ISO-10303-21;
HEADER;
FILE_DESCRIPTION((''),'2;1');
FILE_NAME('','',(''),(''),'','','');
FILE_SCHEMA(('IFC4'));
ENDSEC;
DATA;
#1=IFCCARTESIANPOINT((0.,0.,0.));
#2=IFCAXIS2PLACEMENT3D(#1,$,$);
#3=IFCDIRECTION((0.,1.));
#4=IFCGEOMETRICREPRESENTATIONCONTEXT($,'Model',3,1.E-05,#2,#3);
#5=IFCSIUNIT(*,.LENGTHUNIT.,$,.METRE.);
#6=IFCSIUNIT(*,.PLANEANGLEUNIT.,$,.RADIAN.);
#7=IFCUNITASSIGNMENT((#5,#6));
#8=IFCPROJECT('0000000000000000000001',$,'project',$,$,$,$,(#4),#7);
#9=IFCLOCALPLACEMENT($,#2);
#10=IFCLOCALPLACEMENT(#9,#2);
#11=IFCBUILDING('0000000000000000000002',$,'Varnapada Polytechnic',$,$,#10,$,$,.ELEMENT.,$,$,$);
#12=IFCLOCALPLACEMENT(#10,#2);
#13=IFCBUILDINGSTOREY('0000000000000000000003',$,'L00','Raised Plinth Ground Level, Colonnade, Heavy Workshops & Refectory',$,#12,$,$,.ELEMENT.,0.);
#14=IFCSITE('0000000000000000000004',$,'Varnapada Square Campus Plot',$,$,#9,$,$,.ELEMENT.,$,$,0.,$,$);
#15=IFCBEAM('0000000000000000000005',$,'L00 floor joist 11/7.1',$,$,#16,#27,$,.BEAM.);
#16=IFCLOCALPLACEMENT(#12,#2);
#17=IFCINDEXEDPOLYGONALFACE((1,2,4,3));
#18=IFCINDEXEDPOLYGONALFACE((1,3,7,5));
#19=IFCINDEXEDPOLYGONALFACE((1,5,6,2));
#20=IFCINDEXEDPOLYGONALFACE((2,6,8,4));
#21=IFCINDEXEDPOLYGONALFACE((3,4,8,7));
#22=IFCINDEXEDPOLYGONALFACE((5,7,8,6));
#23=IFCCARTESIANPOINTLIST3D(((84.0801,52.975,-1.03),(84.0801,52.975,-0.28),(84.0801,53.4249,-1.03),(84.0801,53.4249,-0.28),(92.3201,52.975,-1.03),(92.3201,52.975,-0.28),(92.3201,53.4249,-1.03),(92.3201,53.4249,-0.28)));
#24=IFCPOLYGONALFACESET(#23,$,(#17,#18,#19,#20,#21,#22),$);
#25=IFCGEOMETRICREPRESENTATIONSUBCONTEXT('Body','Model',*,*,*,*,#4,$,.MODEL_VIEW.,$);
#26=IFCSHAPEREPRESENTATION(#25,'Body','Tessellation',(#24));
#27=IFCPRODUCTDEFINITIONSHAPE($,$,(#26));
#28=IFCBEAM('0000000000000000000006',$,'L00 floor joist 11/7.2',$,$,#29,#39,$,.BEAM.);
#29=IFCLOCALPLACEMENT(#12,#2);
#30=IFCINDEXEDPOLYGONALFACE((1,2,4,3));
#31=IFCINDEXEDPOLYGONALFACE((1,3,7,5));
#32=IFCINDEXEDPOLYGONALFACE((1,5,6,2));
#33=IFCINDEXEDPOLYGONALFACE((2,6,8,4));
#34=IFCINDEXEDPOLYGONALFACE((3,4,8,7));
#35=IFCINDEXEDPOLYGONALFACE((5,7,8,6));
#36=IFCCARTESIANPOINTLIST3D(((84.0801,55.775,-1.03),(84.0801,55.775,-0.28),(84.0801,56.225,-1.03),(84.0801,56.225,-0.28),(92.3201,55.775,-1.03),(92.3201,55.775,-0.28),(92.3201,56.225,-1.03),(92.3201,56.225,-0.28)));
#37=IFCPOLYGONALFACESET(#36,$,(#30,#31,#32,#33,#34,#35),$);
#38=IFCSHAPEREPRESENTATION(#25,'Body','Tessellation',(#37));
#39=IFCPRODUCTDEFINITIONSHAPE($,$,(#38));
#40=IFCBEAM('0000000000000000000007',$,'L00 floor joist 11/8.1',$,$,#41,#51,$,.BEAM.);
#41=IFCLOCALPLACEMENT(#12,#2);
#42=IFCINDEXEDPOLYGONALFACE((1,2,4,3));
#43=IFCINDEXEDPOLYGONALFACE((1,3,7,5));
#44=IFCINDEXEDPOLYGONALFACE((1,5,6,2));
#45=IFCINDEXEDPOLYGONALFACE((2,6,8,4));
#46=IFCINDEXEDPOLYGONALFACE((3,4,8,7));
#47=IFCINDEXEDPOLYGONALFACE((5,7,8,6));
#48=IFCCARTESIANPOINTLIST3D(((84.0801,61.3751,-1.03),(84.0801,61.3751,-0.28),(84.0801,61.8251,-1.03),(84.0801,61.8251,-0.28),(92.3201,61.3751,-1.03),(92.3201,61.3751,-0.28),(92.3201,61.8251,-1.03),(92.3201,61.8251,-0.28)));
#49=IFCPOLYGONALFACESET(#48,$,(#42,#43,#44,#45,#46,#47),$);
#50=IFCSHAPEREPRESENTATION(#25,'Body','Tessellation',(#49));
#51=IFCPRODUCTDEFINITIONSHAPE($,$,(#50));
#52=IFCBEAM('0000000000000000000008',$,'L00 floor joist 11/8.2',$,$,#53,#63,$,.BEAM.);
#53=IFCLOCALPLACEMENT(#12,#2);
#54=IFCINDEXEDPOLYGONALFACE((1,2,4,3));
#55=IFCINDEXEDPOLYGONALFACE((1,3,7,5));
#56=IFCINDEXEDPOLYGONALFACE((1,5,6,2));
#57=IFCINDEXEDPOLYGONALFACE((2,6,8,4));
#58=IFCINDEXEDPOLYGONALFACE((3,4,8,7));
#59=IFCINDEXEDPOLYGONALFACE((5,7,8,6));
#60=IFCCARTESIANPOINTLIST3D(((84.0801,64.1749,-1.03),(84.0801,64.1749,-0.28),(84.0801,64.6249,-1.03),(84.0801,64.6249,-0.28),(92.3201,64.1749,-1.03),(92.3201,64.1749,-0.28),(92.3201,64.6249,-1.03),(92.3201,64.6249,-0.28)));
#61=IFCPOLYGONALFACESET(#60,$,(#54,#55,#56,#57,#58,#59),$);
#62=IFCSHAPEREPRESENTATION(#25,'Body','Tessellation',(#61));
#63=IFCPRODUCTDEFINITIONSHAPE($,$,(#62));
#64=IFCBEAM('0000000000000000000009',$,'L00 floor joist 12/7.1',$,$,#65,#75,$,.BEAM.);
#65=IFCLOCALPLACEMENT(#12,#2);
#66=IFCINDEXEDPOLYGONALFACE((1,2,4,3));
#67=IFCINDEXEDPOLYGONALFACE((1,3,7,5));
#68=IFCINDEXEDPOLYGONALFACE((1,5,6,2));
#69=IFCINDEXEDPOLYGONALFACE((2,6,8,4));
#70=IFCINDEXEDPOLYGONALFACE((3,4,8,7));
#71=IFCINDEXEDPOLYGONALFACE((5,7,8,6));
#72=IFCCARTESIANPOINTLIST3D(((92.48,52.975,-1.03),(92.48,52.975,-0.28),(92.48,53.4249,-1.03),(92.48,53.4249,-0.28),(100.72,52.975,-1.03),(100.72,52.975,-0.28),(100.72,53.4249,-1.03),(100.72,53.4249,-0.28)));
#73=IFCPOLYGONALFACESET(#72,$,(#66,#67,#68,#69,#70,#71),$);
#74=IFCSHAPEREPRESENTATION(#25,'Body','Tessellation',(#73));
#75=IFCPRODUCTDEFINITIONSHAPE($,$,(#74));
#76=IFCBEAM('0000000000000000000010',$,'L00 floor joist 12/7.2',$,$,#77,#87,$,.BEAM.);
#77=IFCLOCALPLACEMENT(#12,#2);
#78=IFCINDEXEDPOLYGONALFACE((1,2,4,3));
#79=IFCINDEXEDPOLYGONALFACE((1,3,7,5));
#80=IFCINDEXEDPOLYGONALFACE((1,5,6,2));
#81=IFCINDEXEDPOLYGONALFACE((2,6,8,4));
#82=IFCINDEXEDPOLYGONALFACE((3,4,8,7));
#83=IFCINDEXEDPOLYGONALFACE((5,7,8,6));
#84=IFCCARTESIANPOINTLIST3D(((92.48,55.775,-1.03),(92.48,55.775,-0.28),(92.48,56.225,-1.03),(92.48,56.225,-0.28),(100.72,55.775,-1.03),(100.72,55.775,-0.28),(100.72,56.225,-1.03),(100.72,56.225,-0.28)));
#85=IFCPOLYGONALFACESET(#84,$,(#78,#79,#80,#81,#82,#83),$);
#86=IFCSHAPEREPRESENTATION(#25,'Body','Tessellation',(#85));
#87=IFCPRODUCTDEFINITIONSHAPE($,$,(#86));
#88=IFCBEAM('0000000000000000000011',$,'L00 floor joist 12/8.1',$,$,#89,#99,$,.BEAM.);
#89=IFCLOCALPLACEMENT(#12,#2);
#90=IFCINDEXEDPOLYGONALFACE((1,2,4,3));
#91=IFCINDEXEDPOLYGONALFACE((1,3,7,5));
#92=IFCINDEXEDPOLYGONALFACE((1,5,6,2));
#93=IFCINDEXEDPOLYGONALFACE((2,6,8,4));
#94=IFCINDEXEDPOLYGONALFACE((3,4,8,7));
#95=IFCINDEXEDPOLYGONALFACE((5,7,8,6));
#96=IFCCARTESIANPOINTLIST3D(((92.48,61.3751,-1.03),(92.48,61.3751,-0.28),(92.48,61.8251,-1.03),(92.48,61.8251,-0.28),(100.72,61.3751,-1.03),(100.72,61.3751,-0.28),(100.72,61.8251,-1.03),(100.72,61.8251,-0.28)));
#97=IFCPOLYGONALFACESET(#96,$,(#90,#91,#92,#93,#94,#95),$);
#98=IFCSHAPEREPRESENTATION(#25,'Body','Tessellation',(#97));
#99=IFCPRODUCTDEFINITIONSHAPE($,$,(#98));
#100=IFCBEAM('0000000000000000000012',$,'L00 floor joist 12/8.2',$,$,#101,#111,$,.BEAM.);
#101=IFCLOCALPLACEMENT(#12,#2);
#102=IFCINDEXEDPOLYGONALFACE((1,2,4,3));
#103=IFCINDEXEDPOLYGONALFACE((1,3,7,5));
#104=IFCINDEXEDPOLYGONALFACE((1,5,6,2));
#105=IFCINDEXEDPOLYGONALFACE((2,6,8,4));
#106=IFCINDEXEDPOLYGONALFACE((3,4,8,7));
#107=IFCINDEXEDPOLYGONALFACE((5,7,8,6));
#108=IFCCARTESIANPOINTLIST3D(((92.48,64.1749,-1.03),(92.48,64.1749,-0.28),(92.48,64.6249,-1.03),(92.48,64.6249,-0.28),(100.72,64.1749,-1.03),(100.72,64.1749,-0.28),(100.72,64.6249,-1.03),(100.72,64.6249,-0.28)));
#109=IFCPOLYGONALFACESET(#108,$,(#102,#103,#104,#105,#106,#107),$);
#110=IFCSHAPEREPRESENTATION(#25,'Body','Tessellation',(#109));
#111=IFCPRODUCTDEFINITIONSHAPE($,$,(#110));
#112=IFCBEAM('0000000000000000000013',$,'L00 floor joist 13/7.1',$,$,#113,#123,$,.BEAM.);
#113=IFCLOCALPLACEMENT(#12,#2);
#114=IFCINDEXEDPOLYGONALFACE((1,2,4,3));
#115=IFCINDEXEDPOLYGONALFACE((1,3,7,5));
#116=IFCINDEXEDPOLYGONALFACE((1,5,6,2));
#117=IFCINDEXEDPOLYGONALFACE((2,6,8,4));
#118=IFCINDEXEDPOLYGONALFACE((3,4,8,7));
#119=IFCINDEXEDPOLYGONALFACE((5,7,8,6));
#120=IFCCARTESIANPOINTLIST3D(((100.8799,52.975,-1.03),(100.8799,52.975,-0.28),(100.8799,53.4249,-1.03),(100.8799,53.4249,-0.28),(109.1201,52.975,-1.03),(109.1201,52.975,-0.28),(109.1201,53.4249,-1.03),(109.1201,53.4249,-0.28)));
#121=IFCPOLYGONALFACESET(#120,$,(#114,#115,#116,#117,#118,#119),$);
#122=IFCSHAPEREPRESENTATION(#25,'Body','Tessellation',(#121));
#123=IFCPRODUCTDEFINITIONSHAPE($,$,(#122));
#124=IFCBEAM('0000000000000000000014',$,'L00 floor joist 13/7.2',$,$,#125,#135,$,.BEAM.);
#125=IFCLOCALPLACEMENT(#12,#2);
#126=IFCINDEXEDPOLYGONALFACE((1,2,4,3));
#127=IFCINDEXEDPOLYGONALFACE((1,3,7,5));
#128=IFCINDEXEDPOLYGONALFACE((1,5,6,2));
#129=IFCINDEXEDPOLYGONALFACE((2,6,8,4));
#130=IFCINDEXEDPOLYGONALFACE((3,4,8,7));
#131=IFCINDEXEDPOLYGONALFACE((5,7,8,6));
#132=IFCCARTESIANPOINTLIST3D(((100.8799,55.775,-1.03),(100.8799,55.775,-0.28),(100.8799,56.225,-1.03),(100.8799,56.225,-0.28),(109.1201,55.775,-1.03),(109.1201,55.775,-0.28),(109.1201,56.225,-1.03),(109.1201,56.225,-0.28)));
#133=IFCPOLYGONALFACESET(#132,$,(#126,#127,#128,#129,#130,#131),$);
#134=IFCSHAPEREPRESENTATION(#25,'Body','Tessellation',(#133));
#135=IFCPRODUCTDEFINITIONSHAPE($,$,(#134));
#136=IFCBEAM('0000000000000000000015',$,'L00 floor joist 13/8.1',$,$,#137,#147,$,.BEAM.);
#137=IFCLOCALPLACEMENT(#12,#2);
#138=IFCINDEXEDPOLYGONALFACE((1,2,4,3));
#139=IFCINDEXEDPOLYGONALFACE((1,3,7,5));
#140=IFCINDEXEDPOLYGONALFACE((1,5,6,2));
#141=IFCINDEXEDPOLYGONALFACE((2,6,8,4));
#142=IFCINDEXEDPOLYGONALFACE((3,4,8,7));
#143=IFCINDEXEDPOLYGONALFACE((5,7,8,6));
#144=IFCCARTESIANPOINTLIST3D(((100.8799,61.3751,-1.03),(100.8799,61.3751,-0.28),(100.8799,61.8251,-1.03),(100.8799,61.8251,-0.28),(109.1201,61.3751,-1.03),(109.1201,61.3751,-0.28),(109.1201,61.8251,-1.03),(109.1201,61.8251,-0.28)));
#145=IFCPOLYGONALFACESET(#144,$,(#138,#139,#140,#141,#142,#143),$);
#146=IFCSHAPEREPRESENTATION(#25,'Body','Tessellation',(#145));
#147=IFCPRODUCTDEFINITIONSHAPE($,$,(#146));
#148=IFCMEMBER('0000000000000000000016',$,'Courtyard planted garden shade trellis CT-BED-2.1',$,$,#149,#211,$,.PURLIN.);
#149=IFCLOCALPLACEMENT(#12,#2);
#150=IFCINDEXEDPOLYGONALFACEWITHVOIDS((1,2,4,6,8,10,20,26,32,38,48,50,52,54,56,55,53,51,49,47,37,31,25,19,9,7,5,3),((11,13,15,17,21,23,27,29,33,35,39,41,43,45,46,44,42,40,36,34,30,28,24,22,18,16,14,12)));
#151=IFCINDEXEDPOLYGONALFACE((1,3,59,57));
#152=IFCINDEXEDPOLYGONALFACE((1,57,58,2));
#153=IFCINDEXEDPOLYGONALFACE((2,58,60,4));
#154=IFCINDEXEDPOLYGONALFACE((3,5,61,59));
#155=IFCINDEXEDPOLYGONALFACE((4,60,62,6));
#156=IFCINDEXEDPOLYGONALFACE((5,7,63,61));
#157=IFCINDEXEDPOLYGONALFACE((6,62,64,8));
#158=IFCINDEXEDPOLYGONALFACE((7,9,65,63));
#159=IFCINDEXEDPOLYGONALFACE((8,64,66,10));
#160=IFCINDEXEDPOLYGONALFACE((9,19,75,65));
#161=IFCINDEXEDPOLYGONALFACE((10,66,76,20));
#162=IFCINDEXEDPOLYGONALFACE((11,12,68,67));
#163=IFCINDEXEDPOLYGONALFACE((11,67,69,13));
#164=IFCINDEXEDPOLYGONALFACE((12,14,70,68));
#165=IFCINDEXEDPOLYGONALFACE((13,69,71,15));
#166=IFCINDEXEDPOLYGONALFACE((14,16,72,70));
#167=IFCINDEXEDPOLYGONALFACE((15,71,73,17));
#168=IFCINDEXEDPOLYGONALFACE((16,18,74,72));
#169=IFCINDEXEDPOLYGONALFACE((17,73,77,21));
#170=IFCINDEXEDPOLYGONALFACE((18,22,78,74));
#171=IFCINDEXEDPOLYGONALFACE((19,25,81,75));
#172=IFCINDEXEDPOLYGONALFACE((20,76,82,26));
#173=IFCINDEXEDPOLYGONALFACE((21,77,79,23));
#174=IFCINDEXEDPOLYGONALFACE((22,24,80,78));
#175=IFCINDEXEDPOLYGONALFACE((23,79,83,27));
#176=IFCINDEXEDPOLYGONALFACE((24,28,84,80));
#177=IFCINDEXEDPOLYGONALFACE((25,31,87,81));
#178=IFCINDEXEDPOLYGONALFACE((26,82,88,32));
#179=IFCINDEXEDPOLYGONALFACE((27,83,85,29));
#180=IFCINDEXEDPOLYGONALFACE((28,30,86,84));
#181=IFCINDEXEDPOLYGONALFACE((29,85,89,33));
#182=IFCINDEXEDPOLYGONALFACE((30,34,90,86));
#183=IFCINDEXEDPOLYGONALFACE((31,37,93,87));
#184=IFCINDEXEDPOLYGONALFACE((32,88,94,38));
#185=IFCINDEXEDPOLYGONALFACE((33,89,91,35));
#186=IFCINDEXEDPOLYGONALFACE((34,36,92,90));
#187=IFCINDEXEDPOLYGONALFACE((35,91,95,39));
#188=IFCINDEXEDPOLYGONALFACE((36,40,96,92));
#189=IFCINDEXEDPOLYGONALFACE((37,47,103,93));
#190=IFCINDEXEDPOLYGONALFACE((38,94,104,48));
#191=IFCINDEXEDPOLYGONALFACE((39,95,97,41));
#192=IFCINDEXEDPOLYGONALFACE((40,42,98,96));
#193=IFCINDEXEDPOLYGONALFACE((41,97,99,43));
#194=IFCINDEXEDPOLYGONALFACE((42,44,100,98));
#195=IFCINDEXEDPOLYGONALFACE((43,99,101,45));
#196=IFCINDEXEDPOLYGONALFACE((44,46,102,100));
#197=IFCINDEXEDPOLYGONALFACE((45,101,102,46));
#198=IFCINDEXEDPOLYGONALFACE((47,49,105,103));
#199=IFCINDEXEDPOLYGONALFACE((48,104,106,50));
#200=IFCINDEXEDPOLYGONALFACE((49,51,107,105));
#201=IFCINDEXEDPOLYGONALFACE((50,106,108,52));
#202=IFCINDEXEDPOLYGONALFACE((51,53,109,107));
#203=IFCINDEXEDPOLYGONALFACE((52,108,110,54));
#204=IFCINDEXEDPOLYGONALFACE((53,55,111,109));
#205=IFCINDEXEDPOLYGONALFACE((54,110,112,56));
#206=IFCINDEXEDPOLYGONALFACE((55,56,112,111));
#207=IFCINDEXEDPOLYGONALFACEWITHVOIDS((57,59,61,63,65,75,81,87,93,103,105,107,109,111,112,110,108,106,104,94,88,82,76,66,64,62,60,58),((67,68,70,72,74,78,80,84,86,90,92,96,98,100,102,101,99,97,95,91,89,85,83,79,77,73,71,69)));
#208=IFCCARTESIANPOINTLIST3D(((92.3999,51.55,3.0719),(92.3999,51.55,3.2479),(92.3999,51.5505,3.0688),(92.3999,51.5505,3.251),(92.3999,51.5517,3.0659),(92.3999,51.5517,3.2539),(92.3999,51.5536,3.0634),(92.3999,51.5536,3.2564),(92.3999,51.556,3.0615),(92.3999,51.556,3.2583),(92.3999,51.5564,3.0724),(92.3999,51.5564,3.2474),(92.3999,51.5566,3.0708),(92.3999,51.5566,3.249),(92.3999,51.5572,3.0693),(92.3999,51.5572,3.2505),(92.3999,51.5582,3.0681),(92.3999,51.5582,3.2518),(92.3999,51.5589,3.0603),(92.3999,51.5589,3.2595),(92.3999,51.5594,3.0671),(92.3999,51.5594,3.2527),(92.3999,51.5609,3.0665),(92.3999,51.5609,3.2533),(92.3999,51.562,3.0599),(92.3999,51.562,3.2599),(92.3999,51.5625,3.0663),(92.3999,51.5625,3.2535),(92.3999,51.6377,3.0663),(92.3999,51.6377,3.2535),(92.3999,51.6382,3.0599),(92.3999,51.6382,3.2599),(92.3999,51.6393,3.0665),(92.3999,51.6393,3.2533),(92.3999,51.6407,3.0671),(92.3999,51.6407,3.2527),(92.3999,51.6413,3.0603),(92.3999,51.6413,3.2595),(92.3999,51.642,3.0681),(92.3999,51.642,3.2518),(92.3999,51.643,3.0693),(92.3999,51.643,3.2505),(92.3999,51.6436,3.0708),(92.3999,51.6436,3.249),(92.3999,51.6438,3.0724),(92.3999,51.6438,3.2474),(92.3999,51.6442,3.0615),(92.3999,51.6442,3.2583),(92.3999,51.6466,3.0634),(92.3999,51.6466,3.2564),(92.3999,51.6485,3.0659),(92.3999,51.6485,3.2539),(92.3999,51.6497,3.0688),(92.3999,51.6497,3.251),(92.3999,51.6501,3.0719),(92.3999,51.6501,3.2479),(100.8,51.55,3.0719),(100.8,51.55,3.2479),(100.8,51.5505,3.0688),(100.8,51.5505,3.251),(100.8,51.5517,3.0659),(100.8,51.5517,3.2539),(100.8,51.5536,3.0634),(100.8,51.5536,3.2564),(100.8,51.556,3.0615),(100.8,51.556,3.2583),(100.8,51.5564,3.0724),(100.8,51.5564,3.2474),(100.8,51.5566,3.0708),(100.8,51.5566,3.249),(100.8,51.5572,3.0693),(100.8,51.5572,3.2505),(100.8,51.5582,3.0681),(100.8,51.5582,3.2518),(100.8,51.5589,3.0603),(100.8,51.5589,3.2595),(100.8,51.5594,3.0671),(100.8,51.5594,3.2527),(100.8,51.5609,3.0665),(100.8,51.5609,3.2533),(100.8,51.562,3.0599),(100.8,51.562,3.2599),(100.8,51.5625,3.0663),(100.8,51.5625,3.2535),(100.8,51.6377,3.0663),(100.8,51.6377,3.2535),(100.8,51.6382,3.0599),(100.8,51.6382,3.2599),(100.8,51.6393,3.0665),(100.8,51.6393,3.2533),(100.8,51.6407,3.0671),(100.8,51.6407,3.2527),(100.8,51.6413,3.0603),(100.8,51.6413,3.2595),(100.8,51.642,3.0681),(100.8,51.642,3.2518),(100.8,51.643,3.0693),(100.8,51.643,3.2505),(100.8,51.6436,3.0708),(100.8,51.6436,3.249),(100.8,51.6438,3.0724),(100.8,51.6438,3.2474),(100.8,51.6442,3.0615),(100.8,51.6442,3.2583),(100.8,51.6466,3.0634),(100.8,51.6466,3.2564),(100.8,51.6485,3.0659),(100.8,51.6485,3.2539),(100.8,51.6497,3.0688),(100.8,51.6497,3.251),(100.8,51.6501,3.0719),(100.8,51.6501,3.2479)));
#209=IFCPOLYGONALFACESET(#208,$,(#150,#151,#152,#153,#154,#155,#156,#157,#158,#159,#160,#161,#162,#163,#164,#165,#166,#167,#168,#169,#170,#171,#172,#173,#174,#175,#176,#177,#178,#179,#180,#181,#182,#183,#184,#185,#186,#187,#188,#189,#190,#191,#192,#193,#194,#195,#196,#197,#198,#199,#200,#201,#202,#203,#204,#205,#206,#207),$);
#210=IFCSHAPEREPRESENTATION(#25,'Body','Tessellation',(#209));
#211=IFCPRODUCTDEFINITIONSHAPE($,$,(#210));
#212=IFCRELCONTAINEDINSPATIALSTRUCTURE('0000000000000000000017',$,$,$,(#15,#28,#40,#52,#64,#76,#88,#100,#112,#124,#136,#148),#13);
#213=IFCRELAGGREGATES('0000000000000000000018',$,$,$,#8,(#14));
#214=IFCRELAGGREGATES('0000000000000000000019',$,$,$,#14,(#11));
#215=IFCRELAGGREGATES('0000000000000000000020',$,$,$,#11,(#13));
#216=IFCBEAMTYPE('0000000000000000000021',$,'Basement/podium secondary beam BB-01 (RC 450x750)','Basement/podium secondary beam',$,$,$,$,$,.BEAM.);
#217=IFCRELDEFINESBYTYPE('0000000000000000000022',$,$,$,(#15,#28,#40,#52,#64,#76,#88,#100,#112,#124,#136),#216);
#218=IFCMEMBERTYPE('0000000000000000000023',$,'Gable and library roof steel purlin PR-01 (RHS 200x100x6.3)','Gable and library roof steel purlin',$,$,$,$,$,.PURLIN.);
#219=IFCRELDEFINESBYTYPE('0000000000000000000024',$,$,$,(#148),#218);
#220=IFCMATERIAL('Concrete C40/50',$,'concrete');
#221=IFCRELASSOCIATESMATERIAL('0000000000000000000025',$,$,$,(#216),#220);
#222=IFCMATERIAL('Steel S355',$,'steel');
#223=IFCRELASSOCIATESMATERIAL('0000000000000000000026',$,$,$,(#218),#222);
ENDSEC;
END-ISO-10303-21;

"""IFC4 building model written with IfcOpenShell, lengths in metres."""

from ifc_helpers import new_model, si_unit, direction, frame, origin, origin_2d, place, context, subcontext, project, spatial, rectangle, hollow_rectangle, extrude, material, material_profile, profile_set, type_object, element, save


model = new_model("IFC4")

# Units and contexts
model_context = context("Model", 3, precision=1e-05, world=origin(), true_north=direction((0.0, 1.0)))
body_context = subcontext(model_context, "Body", "Model", "MODEL_VIEW")
ifc_project = project(units=[si_unit("LENGTHUNIT", "METRE"), si_unit("PLANEANGLEUNIT", "RADIAN")], contexts=[model_context])

# Site, building, storey
site_placement = place(None, origin())
site = spatial("IfcSite", under=ifc_project, at=site_placement, Name="Varnapada Square Campus Plot", CompositionType="ELEMENT", RefElevation=0.0)
building_placement = place(site_placement, origin())
building = spatial("IfcBuilding", under=site, at=building_placement, Name="Varnapada Polytechnic", CompositionType="ELEMENT")
storey_placement = place(building_placement, origin())
storey = spatial("IfcBuildingStorey", under=building, at=storey_placement, Name="L00", Description="Raised Plinth Ground Level, Colonnade, Heavy Workshops & Refectory", CompositionType="ELEMENT", Elevation=0.0)

# Beams
ifc_material_1 = material(Name="Concrete C40/50", Category="concrete")
ifc_material_profile_1 = material_profile(ifc_material_1, rectangle(XDim=0.45, YDim=0.75, at=origin_2d()), Name="RC 450x750")
ifc_profile_set_1 = profile_set([ifc_material_profile_1], Name="Concrete C40/50")
beam_type_1 = type_object("IfcBeamType", Name="Basement/podium secondary beam BB-01 (RC 450x750)", Description="Basement/podium secondary beam", PredefinedType="BEAM", material=ifc_profile_set_1)
for number, where, z_axis, x_axis, name in (
    (1, (84.0801, 53.2, -0.655), (1.0, 0.0, 0.0), (0.0, 1.0, 0.0), "L00 floor joist 11/7.1"),
    (2, (84.0801, 56.0, -0.655), (1.0, 0.0, 0.0), (0.0, 1.0, 0.0), "L00 floor joist 11/7.2"),
    (3, (84.0801, 61.6001, -0.655), (1.0, 0.0, 0.0), (0.0, 1.0, 0.0), "L00 floor joist 11/8.1"),
    (4, (84.0801, 64.3999, -0.655), (1.0, 0.0, 0.0), (0.0, 1.0, 0.0), "L00 floor joist 11/8.2"),
    (5, (92.48, 53.2, -0.655), (1.0, 0.0, 0.0), (0.0, 1.0, 0.0), "L00 floor joist 12/7.1"),
    (6, (92.48, 56.0, -0.655), (1.0, 0.0, 0.0), (0.0, 1.0, 0.0), "L00 floor joist 12/7.2"),
    (7, (92.48, 61.6001, -0.655), (1.0, 0.0, 0.0), (0.0, 1.0, 0.0), "L00 floor joist 12/8.1"),
    (8, (92.48, 64.3999, -0.655), (1.0, 0.0, 0.0), (0.0, 1.0, 0.0), "L00 floor joist 12/8.2"),
):
    element("IfcBeam", number, at=place(storey_placement, frame(where, z_axis=z_axis, x_axis=x_axis)), inside=storey, type_object=beam_type_1, Name=name, PredefinedType="BEAM", context=body_context, shape_type="SweptSolid", body=[
        extrude(rectangle(XDim=0.45, YDim=0.75, at=origin_2d()), origin(), (0.0, 0.0, 1.0), 8.24),
    ])
for number, where, z_axis, x_axis, name in (
    (9, (100.8799, 53.2, -0.655), (1.0, 0.0, 0.0), (0.0, 1.0, 0.0), "L00 floor joist 13/7.1"),
    (10, (100.8799, 56.0, -0.655), (1.0, 0.0, 0.0), (0.0, 1.0, 0.0), "L00 floor joist 13/7.2"),
    (11, (100.8799, 61.6001, -0.655), (1.0, 0.0, 0.0), (0.0, 1.0, 0.0), "L00 floor joist 13/8.1"),
):
    element("IfcBeam", number, at=place(storey_placement, frame(where, z_axis=z_axis, x_axis=x_axis)), inside=storey, type_object=beam_type_1, Name=name, PredefinedType="BEAM", context=body_context, shape_type="SweptSolid", body=[
        extrude(rectangle(XDim=0.45, YDim=0.75, at=origin_2d()), origin(), (0.0, 0.0, 1.0), 8.2402),
    ])

# Member
ifc_material_2 = material(Name="Steel S355", Category="steel")
ifc_material_profile_2 = material_profile(ifc_material_2, hollow_rectangle(XDim=0.1001, YDim=0.2, WallThickness=0.0063, InnerFilletRadius=0.0061, OuterFilletRadius=0.012, at=origin_2d()), Name="RHS 200x100x6.3")
ifc_profile_set_2 = profile_set([ifc_material_profile_2], Name="Steel S355")
member_type_1 = type_object("IfcMemberType", Name="Gable and library roof steel purlin PR-01 (RHS 200x100x6.3)", Description="Gable and library roof steel purlin", PredefinedType="PURLIN", material=ifc_profile_set_2)
for number, where, z_axis, x_axis, name in (
    (12, (92.3999, 51.6001, 3.1599), (1.0, 0.0, 0.0), (0.0, 1.0, 0.0), "Courtyard planted garden shade trellis CT-BED-2.1"),
):
    element("IfcMember", number, at=place(storey_placement, frame(where, z_axis=z_axis, x_axis=x_axis)), inside=storey, type_object=member_type_1, Name=name, PredefinedType="PURLIN", context=body_context, shape_type="SweptSolid", body=[
        extrude(hollow_rectangle(XDim=0.1001, YDim=0.2, WallThickness=0.0063, InnerFilletRadius=0.0061, OuterFilletRadius=0.012, at=origin_2d()), origin(), (0.0, 0.0, 1.0), 8.4001),
    ])

save(model, "model.ifc")
